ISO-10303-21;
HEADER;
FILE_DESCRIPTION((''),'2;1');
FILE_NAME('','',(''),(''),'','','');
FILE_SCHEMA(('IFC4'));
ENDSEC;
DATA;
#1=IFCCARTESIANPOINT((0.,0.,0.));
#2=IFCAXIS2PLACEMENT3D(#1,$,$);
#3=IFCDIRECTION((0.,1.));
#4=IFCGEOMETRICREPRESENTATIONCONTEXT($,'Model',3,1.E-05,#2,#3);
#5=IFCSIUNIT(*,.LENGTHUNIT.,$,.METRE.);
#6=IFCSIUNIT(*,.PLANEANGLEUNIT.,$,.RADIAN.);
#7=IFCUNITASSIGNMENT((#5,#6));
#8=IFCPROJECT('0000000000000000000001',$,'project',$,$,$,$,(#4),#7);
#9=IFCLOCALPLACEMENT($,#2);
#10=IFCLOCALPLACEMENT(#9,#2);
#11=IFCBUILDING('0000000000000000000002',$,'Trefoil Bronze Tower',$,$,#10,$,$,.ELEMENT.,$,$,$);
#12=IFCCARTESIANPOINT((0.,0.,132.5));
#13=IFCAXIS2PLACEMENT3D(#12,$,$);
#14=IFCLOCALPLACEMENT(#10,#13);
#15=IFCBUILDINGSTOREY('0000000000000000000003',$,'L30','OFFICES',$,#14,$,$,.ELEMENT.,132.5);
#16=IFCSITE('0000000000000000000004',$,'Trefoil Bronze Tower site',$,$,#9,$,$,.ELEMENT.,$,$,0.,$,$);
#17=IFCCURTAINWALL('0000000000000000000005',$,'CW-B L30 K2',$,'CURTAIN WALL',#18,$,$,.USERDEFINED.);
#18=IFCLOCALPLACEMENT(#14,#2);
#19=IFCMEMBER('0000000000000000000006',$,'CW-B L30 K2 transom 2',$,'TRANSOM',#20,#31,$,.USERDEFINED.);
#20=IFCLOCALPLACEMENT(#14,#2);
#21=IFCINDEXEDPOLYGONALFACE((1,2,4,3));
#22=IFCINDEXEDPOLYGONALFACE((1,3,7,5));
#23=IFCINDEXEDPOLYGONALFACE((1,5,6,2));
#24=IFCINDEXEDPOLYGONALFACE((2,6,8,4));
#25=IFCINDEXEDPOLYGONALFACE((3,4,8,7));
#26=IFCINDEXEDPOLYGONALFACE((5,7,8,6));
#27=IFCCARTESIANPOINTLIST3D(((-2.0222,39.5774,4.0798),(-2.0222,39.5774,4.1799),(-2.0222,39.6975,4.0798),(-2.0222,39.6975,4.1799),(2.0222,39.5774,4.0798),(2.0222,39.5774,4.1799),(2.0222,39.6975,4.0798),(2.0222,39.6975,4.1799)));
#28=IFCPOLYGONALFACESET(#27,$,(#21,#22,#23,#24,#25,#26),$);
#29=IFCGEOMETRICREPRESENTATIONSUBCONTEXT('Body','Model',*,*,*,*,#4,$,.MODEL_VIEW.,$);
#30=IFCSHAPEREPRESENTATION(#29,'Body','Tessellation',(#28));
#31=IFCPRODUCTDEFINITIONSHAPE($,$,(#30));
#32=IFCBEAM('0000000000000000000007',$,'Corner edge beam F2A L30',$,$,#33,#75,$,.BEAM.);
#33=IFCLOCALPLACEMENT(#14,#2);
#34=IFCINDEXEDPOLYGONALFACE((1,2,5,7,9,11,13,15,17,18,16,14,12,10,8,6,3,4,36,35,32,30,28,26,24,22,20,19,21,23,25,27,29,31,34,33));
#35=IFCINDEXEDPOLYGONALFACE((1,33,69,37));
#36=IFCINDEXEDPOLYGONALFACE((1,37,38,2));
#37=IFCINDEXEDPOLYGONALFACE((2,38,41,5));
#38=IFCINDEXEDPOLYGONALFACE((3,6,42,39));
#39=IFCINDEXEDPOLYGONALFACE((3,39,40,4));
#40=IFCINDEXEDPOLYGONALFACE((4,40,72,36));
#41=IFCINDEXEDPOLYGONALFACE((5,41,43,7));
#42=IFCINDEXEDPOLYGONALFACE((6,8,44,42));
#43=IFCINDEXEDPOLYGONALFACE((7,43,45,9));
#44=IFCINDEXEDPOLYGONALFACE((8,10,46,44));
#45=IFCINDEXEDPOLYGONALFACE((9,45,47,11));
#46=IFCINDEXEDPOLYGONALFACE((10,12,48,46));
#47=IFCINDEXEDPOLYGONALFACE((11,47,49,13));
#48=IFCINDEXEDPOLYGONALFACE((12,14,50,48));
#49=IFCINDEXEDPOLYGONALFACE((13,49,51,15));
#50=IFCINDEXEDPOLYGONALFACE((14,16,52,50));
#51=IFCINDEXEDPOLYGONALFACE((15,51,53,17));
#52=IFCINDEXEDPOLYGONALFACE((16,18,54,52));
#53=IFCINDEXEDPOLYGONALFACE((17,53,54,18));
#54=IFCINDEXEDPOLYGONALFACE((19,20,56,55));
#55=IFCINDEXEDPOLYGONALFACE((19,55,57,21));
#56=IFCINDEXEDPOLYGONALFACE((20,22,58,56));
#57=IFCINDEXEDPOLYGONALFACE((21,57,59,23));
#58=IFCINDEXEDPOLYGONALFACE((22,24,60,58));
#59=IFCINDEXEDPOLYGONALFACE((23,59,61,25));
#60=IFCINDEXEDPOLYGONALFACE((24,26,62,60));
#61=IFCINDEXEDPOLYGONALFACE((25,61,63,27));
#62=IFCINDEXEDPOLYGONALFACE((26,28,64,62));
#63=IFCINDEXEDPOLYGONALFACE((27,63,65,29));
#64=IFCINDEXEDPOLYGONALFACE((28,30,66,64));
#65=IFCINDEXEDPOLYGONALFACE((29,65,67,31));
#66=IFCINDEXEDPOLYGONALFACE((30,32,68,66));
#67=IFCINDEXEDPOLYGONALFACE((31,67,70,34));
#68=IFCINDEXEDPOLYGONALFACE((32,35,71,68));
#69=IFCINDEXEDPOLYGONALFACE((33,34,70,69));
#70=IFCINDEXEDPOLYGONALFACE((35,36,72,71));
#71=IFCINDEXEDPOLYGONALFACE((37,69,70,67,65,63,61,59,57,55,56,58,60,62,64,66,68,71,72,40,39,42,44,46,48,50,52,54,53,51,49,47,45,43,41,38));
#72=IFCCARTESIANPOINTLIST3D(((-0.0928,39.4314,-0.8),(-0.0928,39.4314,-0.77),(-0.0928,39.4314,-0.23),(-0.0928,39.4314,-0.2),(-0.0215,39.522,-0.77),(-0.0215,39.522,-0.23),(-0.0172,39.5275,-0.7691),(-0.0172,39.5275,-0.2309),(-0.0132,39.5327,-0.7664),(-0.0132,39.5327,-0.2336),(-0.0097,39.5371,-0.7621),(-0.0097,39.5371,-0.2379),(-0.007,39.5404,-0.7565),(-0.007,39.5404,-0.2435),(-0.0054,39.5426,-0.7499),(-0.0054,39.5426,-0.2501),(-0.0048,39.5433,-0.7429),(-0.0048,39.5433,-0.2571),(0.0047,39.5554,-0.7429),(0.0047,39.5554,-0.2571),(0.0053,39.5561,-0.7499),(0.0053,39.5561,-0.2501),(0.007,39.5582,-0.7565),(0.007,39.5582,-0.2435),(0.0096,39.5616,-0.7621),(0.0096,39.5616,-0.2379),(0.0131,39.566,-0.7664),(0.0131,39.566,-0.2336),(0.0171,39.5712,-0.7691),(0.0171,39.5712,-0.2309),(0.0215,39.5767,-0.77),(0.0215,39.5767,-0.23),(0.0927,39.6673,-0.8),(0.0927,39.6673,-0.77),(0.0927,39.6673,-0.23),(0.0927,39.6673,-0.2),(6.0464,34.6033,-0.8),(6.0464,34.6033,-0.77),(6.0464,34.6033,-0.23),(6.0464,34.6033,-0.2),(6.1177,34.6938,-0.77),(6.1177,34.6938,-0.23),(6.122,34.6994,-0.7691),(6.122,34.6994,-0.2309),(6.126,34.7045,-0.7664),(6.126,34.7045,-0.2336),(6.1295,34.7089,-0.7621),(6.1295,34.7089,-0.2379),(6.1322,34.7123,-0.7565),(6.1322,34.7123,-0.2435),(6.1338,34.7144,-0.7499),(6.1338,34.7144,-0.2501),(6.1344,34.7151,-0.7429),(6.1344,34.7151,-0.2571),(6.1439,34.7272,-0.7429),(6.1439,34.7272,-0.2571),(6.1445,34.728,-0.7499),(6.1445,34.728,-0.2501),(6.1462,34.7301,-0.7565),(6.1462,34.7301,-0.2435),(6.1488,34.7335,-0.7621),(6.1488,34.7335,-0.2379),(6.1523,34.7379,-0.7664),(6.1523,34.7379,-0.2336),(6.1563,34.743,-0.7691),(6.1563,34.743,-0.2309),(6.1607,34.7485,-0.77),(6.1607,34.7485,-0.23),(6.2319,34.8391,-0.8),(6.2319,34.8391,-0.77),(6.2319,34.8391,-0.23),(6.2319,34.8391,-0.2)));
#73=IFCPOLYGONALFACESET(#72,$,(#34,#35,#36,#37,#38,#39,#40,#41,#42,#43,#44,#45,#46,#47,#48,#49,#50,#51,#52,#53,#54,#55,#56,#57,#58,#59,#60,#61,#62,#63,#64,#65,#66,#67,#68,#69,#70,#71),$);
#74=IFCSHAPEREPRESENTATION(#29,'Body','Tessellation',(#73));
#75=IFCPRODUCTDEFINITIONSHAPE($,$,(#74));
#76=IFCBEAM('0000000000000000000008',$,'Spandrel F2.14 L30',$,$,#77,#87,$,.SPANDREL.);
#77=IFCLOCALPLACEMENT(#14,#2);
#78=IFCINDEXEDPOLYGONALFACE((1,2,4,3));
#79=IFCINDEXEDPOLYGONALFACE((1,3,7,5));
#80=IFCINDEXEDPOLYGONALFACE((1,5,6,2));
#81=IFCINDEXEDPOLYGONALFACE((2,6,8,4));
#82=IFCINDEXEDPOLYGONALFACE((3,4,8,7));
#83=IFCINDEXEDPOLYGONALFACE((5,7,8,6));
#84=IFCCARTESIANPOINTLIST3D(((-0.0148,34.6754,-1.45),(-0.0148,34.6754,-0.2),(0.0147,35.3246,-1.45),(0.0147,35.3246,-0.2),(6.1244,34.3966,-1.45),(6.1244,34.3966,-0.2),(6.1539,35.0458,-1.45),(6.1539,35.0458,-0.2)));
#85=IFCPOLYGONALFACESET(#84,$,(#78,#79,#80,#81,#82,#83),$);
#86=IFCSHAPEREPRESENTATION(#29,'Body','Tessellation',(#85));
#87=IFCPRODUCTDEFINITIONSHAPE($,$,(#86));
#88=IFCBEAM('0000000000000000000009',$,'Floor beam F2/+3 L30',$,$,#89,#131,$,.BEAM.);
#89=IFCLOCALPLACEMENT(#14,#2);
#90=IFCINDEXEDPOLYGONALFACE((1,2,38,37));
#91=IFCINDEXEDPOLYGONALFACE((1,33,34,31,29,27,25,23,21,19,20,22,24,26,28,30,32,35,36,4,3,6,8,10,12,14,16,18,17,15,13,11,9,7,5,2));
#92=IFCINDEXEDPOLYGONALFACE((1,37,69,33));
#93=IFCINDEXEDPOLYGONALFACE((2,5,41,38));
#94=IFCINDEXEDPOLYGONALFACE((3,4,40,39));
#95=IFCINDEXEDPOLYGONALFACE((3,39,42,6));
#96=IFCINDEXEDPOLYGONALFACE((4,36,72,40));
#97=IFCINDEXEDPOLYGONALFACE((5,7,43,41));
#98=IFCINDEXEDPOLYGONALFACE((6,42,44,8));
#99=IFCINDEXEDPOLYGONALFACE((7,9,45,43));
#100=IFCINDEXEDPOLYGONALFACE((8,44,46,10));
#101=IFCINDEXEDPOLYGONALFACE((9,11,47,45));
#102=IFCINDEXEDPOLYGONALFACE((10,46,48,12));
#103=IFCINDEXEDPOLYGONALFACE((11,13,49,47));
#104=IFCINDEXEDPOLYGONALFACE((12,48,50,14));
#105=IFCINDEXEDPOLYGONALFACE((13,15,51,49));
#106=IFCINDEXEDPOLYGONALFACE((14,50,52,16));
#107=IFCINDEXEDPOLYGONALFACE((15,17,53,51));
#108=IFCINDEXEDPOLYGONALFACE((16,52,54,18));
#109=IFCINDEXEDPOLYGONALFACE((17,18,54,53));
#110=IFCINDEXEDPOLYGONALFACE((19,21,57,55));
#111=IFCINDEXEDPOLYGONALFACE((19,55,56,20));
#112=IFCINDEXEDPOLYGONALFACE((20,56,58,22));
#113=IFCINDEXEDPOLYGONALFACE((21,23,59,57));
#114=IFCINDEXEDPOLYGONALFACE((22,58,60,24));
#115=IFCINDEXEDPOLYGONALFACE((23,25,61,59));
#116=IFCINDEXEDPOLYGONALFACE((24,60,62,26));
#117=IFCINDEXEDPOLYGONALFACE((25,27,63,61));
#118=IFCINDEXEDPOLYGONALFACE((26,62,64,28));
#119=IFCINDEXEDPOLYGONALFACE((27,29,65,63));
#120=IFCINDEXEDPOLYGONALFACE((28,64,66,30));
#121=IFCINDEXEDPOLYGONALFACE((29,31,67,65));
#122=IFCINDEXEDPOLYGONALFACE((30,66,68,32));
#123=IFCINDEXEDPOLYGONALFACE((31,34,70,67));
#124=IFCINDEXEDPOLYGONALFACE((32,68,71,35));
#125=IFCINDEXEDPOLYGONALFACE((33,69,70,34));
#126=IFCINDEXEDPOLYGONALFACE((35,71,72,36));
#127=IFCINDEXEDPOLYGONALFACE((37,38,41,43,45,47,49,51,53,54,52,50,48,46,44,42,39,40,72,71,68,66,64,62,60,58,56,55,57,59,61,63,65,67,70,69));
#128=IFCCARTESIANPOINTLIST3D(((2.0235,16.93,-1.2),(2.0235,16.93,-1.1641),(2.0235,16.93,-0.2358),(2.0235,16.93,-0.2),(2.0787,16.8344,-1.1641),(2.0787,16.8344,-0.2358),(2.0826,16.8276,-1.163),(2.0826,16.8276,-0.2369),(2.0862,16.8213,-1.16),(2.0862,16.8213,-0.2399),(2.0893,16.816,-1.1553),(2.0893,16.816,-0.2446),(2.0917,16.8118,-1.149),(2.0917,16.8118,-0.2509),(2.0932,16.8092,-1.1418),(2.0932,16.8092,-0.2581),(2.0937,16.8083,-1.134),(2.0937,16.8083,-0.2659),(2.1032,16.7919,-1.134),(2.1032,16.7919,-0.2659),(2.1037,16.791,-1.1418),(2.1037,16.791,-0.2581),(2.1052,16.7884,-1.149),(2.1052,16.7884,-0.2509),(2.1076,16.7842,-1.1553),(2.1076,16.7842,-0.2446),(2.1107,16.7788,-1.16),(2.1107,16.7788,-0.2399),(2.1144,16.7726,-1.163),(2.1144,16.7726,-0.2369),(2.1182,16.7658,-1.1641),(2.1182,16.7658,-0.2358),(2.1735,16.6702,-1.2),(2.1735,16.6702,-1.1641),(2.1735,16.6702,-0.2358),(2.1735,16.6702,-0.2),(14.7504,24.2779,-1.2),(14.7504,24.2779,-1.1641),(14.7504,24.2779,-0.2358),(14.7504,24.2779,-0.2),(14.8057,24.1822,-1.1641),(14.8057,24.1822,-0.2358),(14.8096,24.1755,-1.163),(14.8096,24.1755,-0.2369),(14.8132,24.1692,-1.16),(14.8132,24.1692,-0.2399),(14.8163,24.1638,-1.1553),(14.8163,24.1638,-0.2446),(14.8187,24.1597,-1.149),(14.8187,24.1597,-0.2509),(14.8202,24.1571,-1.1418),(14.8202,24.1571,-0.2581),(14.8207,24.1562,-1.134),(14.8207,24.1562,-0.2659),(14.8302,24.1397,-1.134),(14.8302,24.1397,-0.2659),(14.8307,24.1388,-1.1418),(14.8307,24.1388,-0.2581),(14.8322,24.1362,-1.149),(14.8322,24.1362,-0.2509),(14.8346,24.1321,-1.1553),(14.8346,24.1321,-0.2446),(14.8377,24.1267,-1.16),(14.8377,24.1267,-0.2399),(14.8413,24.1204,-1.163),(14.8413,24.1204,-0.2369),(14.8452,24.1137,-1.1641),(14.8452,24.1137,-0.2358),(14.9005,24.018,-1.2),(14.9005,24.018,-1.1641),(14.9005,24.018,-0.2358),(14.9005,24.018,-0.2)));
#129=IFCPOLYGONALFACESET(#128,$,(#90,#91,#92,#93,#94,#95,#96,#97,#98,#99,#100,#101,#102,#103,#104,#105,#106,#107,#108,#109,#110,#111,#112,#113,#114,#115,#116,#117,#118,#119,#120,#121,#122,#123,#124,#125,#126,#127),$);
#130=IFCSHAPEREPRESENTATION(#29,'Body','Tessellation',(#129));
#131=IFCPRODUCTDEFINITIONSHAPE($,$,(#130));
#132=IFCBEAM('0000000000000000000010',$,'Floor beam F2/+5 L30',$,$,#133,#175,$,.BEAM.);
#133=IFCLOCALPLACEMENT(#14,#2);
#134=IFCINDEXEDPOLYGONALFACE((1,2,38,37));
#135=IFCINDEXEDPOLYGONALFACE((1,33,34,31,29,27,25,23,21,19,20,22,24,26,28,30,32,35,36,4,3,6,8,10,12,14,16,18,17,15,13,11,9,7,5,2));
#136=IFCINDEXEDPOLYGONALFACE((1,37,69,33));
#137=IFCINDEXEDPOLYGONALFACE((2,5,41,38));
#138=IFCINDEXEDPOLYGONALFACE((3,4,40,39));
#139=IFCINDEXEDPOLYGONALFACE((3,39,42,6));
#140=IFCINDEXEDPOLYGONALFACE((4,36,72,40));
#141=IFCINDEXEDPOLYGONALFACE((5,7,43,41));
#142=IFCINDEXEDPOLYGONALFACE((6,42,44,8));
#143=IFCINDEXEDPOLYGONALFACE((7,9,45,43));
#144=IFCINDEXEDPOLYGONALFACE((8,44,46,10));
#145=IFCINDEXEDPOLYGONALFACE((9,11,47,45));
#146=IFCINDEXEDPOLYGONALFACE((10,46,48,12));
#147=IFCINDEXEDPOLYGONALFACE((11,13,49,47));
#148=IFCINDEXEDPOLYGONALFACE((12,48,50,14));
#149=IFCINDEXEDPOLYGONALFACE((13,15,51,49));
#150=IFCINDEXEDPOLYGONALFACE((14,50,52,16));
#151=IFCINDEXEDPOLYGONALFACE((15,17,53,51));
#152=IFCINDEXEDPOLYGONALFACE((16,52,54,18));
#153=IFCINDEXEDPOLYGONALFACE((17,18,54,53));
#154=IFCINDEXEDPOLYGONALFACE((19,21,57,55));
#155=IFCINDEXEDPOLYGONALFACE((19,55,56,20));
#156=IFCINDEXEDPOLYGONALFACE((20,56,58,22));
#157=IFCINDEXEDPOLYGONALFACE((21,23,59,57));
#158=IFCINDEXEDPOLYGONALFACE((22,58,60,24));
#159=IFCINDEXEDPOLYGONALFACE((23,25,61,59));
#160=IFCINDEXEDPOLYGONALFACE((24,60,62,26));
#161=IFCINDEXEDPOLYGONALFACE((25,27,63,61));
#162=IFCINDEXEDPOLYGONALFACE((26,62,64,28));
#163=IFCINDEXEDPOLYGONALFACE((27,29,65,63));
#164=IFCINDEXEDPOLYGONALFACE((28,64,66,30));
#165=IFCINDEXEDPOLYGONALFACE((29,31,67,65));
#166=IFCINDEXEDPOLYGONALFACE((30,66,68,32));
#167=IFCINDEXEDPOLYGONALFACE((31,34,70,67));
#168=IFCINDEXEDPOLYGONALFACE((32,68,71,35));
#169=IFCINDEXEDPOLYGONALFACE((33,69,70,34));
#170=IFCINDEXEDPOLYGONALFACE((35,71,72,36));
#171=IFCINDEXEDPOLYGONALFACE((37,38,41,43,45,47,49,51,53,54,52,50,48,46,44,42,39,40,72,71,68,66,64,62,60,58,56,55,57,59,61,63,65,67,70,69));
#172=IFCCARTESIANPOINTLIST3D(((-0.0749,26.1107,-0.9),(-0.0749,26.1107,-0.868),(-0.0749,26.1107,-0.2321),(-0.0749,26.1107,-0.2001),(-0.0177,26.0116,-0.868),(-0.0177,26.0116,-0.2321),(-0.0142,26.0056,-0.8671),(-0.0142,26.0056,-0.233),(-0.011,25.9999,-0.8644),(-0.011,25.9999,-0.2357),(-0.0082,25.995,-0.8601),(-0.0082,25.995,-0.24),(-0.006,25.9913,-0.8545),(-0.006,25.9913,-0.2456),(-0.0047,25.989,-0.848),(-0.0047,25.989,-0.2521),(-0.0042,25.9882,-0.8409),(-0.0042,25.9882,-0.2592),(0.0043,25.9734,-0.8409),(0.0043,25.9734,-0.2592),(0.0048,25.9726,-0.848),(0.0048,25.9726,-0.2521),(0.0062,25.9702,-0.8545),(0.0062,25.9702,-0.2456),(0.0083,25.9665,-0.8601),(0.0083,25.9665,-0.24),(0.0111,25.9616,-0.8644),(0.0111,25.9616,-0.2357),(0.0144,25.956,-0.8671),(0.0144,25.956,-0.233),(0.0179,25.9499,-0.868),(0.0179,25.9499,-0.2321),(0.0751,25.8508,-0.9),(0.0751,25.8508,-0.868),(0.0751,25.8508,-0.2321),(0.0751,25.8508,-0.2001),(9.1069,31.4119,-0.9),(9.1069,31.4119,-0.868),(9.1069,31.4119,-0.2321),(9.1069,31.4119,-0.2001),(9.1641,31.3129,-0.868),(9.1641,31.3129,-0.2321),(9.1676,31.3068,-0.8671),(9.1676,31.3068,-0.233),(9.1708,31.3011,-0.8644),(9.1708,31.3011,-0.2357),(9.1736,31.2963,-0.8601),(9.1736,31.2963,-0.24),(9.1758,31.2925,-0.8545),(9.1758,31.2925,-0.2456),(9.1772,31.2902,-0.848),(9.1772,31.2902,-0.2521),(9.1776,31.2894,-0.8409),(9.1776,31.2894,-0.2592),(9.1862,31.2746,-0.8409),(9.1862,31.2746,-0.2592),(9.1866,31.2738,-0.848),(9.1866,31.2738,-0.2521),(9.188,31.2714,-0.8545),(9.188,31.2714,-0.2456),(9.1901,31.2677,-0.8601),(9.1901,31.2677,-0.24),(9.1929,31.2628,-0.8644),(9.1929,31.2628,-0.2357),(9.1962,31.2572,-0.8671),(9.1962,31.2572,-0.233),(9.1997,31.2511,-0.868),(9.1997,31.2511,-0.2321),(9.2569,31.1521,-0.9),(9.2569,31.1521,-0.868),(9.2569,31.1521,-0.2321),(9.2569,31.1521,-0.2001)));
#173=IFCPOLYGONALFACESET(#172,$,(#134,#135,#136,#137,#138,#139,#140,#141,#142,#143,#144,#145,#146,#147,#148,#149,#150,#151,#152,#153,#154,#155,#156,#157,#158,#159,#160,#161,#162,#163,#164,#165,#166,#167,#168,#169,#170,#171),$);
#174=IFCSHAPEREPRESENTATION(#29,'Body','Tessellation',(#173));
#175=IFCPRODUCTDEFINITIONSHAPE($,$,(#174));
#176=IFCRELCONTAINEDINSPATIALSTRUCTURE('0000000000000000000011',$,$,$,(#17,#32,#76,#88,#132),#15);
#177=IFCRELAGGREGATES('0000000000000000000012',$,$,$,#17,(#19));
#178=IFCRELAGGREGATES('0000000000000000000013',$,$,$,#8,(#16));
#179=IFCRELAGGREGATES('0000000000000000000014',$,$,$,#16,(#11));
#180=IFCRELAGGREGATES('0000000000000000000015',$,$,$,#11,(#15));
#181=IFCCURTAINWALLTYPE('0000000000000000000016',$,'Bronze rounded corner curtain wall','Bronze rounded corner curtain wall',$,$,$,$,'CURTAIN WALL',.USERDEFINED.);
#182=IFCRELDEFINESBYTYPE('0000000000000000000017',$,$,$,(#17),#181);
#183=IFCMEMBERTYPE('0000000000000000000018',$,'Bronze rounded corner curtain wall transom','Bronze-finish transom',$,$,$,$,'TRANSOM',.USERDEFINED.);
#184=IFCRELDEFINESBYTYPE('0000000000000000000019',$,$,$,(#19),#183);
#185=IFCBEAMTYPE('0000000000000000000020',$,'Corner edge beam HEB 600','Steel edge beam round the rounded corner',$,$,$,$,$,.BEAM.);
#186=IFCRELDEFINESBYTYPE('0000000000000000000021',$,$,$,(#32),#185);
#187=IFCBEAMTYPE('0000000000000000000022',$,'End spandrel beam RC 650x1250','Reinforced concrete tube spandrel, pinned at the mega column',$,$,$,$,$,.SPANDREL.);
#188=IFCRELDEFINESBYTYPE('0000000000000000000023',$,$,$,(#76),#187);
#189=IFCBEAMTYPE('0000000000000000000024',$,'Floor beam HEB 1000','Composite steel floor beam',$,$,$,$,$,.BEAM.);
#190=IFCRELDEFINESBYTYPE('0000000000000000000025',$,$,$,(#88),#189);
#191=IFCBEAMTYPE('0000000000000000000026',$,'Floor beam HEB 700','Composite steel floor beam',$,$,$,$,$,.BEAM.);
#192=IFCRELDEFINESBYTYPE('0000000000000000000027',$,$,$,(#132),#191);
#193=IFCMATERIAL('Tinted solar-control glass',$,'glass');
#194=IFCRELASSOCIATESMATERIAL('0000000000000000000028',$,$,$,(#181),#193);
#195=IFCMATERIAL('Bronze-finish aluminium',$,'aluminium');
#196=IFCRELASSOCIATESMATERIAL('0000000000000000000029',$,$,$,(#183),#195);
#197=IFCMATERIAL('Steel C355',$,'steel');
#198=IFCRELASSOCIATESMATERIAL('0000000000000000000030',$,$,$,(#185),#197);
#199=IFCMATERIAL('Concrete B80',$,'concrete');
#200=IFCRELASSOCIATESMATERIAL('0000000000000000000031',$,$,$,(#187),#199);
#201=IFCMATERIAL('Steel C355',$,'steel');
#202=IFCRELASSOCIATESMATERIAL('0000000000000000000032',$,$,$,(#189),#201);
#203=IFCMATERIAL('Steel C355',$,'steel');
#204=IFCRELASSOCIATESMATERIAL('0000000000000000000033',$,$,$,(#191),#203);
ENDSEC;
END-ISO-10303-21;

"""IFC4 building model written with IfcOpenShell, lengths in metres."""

from ifc_helpers import new_model, si_unit, direction, frame, origin, origin_2d, place, context, subcontext, project, spatial, rectangle, i_section, extrude, material, material_profile, profile_set, type_object, element, aggregate, save


model = new_model("IFC4")

# Units and contexts
model_context = context("Model", 3, precision=1e-05, world=origin(), true_north=direction((0.0, 1.0)))
body_context = subcontext(model_context, "Body", "Model", "MODEL_VIEW")
ifc_project = project(units=[si_unit("LENGTHUNIT", "METRE"), si_unit("PLANEANGLEUNIT", "RADIAN")], contexts=[model_context])

# Site, building, storey
site_placement = place(None, origin())
site = spatial("IfcSite", under=ifc_project, at=site_placement, Name="Trefoil Bronze Tower site", CompositionType="ELEMENT", RefElevation=0.0)
building_placement = place(site_placement, origin())
building = spatial("IfcBuilding", under=site, at=building_placement, Name="Trefoil Bronze Tower", CompositionType="ELEMENT")
storey_placement = place(building_placement, frame((0.0, 0.0, 132.5)))
storey = spatial("IfcBuildingStorey", under=building, at=storey_placement, Name="L30", Description="OFFICES", CompositionType="ELEMENT", Elevation=132.5)

# Curtain wall, member
ifc_material_1 = material(Name="Tinted solar-control glass", Category="glass")
curtain_wall_type_1 = type_object("IfcCurtainWallType", Name="Bronze rounded corner curtain wall", Description="Bronze rounded corner curtain wall", ElementType="CURTAIN WALL", PredefinedType="USERDEFINED", material=ifc_material_1)
curtain_wall_1_placement = place(storey_placement, origin())
curtain_wall_1 = element("IfcCurtainWall", 1, at=curtain_wall_1_placement, inside=storey, type_object=curtain_wall_type_1, Name="CW-B L30 K2", ObjectType="CURTAIN WALL", PredefinedType="USERDEFINED")
ifc_material_2 = material(Name="Bronze-finish aluminium", Category="aluminium")
ifc_material_profile_1 = material_profile(ifc_material_2, rectangle(XDim=0.1201, YDim=0.1001, at=origin_2d()), Name="CW-B transom")
ifc_profile_set_1 = profile_set([ifc_material_profile_1], Name="Bronze-finish aluminium")
member_type_1 = type_object("IfcMemberType", Name="Bronze rounded corner curtain wall transom", Description="Bronze-finish transom", ElementType="TRANSOM", PredefinedType="USERDEFINED", material=ifc_profile_set_1)
member_1_placement = place(storey_placement, frame((2.0222, 39.6375, 4.1299), z_axis=(-1.0, 0.0, 0.0), x_axis=(0.0, -1.0, 0.0)))
member_1 = element("IfcMember", 2, at=member_1_placement, type_object=member_type_1, Name="CW-B L30 K2 transom 2", ObjectType="TRANSOM", PredefinedType="USERDEFINED", context=body_context, shape_type="SweptSolid", body=[
    extrude(rectangle(XDim=0.1201, YDim=0.1001, at=origin_2d()), origin(), (0.0, 0.0, 1.0), 4.0444),
])

# Beams
ifc_material_3 = material(Name="Steel C355", Category="steel")
ifc_material_profile_2 = material_profile(ifc_material_3, i_section(OverallWidth=0.3, OverallDepth=0.6001, WebThickness=0.0154, FlangeThickness=0.03, FilletRadius=0.0271, at=origin_2d()), Name="HEB 600")
ifc_profile_set_2 = profile_set([ifc_material_profile_2], Name="Steel C355")
beam_type_1 = type_object("IfcBeamType", Name="Corner edge beam HEB 600", Description="Steel edge beam round the rounded corner", PredefinedType="BEAM", material=ifc_profile_set_2)
beam_1_placement = place(storey_placement, frame((6.1392, 34.7212, -0.5), z_axis=(-0.786038, 0.618178, 0.0), x_axis=(-0.618178, -0.786038, 0.0)))
element("IfcBeam", 3, at=beam_1_placement, inside=storey, type_object=beam_type_1, Name="Corner edge beam F2A L30", PredefinedType="BEAM", context=body_context, shape_type="SweptSolid", body=[
    extrude(i_section(OverallWidth=0.3, OverallDepth=0.6001, WebThickness=0.0154, FlangeThickness=0.03, FilletRadius=0.0271, at=origin_2d()), origin(), (0.0, 0.0, 1.0), 7.8103),
])
ifc_material_4 = material(Name="Concrete B80", Category="concrete")
ifc_material_profile_3 = material_profile(ifc_material_4, rectangle(XDim=0.6499, YDim=1.25, at=origin_2d()), Name="RC 650x1250")
ifc_profile_set_3 = profile_set([ifc_material_profile_3], Name="Concrete B80")
beam_type_2 = type_object("IfcBeamType", Name="End spandrel beam RC 650x1250", Description="Reinforced concrete tube spandrel, pinned at the mega column", PredefinedType="SPANDREL", material=ifc_profile_set_3)
beam_2_placement = place(storey_placement, frame((6.1392, 34.7212, -0.825), z_axis=(-0.99897, 0.045368, 0.0), x_axis=(-0.045368, -0.99897, 0.0)))
element("IfcBeam", 4, at=beam_2_placement, inside=storey, type_object=beam_type_2, Name="Spandrel F2.14 L30", PredefinedType="SPANDREL", context=body_context, shape_type="SweptSolid", body=[
    extrude(rectangle(XDim=0.6499, YDim=1.25, at=origin_2d()), origin(), (0.0, 0.0, 1.0), 6.1455),
])
ifc_material_5 = material(Name="Steel C355", Category="steel")
ifc_material_profile_4 = material_profile(ifc_material_5, i_section(OverallWidth=0.3, OverallDepth=1.0, WebThickness=0.019, FlangeThickness=0.0359, FilletRadius=0.03, at=origin_2d()), Name="HEB 1000")
ifc_profile_set_4 = profile_set([ifc_material_profile_4], Name="Steel C355")
beam_type_3 = type_object("IfcBeamType", Name="Floor beam HEB 1000", Description="Composite steel floor beam", PredefinedType="BEAM", material=ifc_profile_set_4)
beam_3_placement = place(storey_placement, frame((14.8254, 24.1479, -0.7), z_axis=(-0.866027, -0.499997, 0.0), x_axis=(0.499997, -0.866027, 0.0)))
element("IfcBeam", 5, at=beam_3_placement, inside=storey, type_object=beam_type_3, Name="Floor beam F2/+3 L30", PredefinedType="BEAM", context=body_context, shape_type="SweptSolid", body=[
    extrude(i_section(OverallWidth=0.3, OverallDepth=1.0, WebThickness=0.019, FlangeThickness=0.0359, FilletRadius=0.03, at=origin_2d()), origin(), (0.0, 0.0, 1.0), 14.6958),
])
ifc_material_6 = material(Name="Steel C355", Category="steel")
ifc_material_profile_5 = material_profile(ifc_material_6, i_section(OverallWidth=0.3, OverallDepth=0.7, WebThickness=0.0171, FlangeThickness=0.032, FilletRadius=0.0271, at=origin_2d()), Name="HEB 700")
ifc_profile_set_5 = profile_set([ifc_material_profile_5], Name="Steel C355")
beam_type_4 = type_object("IfcBeamType", Name="Floor beam HEB 700", Description="Composite steel floor beam", PredefinedType="BEAM", material=ifc_profile_set_5)
beam_4_placement = place(storey_placement, frame((9.1819, 31.282, -0.55), z_axis=(-0.866021, -0.500007, 0.0), x_axis=(0.500007, -0.866021, 0.0)))
element("IfcBeam", 6, at=beam_4_placement, inside=storey, type_object=beam_type_4, Name="Floor beam F2/+5 L30", PredefinedType="BEAM", context=body_context, shape_type="SweptSolid", body=[
    extrude(i_section(OverallWidth=0.3, OverallDepth=0.7, WebThickness=0.0171, FlangeThickness=0.032, FilletRadius=0.0271, at=origin_2d()), origin(), (0.0, 0.0, 1.0), 10.6023),
])

aggregate(curtain_wall_1, [member_1])

save(model, "model.ifc")
